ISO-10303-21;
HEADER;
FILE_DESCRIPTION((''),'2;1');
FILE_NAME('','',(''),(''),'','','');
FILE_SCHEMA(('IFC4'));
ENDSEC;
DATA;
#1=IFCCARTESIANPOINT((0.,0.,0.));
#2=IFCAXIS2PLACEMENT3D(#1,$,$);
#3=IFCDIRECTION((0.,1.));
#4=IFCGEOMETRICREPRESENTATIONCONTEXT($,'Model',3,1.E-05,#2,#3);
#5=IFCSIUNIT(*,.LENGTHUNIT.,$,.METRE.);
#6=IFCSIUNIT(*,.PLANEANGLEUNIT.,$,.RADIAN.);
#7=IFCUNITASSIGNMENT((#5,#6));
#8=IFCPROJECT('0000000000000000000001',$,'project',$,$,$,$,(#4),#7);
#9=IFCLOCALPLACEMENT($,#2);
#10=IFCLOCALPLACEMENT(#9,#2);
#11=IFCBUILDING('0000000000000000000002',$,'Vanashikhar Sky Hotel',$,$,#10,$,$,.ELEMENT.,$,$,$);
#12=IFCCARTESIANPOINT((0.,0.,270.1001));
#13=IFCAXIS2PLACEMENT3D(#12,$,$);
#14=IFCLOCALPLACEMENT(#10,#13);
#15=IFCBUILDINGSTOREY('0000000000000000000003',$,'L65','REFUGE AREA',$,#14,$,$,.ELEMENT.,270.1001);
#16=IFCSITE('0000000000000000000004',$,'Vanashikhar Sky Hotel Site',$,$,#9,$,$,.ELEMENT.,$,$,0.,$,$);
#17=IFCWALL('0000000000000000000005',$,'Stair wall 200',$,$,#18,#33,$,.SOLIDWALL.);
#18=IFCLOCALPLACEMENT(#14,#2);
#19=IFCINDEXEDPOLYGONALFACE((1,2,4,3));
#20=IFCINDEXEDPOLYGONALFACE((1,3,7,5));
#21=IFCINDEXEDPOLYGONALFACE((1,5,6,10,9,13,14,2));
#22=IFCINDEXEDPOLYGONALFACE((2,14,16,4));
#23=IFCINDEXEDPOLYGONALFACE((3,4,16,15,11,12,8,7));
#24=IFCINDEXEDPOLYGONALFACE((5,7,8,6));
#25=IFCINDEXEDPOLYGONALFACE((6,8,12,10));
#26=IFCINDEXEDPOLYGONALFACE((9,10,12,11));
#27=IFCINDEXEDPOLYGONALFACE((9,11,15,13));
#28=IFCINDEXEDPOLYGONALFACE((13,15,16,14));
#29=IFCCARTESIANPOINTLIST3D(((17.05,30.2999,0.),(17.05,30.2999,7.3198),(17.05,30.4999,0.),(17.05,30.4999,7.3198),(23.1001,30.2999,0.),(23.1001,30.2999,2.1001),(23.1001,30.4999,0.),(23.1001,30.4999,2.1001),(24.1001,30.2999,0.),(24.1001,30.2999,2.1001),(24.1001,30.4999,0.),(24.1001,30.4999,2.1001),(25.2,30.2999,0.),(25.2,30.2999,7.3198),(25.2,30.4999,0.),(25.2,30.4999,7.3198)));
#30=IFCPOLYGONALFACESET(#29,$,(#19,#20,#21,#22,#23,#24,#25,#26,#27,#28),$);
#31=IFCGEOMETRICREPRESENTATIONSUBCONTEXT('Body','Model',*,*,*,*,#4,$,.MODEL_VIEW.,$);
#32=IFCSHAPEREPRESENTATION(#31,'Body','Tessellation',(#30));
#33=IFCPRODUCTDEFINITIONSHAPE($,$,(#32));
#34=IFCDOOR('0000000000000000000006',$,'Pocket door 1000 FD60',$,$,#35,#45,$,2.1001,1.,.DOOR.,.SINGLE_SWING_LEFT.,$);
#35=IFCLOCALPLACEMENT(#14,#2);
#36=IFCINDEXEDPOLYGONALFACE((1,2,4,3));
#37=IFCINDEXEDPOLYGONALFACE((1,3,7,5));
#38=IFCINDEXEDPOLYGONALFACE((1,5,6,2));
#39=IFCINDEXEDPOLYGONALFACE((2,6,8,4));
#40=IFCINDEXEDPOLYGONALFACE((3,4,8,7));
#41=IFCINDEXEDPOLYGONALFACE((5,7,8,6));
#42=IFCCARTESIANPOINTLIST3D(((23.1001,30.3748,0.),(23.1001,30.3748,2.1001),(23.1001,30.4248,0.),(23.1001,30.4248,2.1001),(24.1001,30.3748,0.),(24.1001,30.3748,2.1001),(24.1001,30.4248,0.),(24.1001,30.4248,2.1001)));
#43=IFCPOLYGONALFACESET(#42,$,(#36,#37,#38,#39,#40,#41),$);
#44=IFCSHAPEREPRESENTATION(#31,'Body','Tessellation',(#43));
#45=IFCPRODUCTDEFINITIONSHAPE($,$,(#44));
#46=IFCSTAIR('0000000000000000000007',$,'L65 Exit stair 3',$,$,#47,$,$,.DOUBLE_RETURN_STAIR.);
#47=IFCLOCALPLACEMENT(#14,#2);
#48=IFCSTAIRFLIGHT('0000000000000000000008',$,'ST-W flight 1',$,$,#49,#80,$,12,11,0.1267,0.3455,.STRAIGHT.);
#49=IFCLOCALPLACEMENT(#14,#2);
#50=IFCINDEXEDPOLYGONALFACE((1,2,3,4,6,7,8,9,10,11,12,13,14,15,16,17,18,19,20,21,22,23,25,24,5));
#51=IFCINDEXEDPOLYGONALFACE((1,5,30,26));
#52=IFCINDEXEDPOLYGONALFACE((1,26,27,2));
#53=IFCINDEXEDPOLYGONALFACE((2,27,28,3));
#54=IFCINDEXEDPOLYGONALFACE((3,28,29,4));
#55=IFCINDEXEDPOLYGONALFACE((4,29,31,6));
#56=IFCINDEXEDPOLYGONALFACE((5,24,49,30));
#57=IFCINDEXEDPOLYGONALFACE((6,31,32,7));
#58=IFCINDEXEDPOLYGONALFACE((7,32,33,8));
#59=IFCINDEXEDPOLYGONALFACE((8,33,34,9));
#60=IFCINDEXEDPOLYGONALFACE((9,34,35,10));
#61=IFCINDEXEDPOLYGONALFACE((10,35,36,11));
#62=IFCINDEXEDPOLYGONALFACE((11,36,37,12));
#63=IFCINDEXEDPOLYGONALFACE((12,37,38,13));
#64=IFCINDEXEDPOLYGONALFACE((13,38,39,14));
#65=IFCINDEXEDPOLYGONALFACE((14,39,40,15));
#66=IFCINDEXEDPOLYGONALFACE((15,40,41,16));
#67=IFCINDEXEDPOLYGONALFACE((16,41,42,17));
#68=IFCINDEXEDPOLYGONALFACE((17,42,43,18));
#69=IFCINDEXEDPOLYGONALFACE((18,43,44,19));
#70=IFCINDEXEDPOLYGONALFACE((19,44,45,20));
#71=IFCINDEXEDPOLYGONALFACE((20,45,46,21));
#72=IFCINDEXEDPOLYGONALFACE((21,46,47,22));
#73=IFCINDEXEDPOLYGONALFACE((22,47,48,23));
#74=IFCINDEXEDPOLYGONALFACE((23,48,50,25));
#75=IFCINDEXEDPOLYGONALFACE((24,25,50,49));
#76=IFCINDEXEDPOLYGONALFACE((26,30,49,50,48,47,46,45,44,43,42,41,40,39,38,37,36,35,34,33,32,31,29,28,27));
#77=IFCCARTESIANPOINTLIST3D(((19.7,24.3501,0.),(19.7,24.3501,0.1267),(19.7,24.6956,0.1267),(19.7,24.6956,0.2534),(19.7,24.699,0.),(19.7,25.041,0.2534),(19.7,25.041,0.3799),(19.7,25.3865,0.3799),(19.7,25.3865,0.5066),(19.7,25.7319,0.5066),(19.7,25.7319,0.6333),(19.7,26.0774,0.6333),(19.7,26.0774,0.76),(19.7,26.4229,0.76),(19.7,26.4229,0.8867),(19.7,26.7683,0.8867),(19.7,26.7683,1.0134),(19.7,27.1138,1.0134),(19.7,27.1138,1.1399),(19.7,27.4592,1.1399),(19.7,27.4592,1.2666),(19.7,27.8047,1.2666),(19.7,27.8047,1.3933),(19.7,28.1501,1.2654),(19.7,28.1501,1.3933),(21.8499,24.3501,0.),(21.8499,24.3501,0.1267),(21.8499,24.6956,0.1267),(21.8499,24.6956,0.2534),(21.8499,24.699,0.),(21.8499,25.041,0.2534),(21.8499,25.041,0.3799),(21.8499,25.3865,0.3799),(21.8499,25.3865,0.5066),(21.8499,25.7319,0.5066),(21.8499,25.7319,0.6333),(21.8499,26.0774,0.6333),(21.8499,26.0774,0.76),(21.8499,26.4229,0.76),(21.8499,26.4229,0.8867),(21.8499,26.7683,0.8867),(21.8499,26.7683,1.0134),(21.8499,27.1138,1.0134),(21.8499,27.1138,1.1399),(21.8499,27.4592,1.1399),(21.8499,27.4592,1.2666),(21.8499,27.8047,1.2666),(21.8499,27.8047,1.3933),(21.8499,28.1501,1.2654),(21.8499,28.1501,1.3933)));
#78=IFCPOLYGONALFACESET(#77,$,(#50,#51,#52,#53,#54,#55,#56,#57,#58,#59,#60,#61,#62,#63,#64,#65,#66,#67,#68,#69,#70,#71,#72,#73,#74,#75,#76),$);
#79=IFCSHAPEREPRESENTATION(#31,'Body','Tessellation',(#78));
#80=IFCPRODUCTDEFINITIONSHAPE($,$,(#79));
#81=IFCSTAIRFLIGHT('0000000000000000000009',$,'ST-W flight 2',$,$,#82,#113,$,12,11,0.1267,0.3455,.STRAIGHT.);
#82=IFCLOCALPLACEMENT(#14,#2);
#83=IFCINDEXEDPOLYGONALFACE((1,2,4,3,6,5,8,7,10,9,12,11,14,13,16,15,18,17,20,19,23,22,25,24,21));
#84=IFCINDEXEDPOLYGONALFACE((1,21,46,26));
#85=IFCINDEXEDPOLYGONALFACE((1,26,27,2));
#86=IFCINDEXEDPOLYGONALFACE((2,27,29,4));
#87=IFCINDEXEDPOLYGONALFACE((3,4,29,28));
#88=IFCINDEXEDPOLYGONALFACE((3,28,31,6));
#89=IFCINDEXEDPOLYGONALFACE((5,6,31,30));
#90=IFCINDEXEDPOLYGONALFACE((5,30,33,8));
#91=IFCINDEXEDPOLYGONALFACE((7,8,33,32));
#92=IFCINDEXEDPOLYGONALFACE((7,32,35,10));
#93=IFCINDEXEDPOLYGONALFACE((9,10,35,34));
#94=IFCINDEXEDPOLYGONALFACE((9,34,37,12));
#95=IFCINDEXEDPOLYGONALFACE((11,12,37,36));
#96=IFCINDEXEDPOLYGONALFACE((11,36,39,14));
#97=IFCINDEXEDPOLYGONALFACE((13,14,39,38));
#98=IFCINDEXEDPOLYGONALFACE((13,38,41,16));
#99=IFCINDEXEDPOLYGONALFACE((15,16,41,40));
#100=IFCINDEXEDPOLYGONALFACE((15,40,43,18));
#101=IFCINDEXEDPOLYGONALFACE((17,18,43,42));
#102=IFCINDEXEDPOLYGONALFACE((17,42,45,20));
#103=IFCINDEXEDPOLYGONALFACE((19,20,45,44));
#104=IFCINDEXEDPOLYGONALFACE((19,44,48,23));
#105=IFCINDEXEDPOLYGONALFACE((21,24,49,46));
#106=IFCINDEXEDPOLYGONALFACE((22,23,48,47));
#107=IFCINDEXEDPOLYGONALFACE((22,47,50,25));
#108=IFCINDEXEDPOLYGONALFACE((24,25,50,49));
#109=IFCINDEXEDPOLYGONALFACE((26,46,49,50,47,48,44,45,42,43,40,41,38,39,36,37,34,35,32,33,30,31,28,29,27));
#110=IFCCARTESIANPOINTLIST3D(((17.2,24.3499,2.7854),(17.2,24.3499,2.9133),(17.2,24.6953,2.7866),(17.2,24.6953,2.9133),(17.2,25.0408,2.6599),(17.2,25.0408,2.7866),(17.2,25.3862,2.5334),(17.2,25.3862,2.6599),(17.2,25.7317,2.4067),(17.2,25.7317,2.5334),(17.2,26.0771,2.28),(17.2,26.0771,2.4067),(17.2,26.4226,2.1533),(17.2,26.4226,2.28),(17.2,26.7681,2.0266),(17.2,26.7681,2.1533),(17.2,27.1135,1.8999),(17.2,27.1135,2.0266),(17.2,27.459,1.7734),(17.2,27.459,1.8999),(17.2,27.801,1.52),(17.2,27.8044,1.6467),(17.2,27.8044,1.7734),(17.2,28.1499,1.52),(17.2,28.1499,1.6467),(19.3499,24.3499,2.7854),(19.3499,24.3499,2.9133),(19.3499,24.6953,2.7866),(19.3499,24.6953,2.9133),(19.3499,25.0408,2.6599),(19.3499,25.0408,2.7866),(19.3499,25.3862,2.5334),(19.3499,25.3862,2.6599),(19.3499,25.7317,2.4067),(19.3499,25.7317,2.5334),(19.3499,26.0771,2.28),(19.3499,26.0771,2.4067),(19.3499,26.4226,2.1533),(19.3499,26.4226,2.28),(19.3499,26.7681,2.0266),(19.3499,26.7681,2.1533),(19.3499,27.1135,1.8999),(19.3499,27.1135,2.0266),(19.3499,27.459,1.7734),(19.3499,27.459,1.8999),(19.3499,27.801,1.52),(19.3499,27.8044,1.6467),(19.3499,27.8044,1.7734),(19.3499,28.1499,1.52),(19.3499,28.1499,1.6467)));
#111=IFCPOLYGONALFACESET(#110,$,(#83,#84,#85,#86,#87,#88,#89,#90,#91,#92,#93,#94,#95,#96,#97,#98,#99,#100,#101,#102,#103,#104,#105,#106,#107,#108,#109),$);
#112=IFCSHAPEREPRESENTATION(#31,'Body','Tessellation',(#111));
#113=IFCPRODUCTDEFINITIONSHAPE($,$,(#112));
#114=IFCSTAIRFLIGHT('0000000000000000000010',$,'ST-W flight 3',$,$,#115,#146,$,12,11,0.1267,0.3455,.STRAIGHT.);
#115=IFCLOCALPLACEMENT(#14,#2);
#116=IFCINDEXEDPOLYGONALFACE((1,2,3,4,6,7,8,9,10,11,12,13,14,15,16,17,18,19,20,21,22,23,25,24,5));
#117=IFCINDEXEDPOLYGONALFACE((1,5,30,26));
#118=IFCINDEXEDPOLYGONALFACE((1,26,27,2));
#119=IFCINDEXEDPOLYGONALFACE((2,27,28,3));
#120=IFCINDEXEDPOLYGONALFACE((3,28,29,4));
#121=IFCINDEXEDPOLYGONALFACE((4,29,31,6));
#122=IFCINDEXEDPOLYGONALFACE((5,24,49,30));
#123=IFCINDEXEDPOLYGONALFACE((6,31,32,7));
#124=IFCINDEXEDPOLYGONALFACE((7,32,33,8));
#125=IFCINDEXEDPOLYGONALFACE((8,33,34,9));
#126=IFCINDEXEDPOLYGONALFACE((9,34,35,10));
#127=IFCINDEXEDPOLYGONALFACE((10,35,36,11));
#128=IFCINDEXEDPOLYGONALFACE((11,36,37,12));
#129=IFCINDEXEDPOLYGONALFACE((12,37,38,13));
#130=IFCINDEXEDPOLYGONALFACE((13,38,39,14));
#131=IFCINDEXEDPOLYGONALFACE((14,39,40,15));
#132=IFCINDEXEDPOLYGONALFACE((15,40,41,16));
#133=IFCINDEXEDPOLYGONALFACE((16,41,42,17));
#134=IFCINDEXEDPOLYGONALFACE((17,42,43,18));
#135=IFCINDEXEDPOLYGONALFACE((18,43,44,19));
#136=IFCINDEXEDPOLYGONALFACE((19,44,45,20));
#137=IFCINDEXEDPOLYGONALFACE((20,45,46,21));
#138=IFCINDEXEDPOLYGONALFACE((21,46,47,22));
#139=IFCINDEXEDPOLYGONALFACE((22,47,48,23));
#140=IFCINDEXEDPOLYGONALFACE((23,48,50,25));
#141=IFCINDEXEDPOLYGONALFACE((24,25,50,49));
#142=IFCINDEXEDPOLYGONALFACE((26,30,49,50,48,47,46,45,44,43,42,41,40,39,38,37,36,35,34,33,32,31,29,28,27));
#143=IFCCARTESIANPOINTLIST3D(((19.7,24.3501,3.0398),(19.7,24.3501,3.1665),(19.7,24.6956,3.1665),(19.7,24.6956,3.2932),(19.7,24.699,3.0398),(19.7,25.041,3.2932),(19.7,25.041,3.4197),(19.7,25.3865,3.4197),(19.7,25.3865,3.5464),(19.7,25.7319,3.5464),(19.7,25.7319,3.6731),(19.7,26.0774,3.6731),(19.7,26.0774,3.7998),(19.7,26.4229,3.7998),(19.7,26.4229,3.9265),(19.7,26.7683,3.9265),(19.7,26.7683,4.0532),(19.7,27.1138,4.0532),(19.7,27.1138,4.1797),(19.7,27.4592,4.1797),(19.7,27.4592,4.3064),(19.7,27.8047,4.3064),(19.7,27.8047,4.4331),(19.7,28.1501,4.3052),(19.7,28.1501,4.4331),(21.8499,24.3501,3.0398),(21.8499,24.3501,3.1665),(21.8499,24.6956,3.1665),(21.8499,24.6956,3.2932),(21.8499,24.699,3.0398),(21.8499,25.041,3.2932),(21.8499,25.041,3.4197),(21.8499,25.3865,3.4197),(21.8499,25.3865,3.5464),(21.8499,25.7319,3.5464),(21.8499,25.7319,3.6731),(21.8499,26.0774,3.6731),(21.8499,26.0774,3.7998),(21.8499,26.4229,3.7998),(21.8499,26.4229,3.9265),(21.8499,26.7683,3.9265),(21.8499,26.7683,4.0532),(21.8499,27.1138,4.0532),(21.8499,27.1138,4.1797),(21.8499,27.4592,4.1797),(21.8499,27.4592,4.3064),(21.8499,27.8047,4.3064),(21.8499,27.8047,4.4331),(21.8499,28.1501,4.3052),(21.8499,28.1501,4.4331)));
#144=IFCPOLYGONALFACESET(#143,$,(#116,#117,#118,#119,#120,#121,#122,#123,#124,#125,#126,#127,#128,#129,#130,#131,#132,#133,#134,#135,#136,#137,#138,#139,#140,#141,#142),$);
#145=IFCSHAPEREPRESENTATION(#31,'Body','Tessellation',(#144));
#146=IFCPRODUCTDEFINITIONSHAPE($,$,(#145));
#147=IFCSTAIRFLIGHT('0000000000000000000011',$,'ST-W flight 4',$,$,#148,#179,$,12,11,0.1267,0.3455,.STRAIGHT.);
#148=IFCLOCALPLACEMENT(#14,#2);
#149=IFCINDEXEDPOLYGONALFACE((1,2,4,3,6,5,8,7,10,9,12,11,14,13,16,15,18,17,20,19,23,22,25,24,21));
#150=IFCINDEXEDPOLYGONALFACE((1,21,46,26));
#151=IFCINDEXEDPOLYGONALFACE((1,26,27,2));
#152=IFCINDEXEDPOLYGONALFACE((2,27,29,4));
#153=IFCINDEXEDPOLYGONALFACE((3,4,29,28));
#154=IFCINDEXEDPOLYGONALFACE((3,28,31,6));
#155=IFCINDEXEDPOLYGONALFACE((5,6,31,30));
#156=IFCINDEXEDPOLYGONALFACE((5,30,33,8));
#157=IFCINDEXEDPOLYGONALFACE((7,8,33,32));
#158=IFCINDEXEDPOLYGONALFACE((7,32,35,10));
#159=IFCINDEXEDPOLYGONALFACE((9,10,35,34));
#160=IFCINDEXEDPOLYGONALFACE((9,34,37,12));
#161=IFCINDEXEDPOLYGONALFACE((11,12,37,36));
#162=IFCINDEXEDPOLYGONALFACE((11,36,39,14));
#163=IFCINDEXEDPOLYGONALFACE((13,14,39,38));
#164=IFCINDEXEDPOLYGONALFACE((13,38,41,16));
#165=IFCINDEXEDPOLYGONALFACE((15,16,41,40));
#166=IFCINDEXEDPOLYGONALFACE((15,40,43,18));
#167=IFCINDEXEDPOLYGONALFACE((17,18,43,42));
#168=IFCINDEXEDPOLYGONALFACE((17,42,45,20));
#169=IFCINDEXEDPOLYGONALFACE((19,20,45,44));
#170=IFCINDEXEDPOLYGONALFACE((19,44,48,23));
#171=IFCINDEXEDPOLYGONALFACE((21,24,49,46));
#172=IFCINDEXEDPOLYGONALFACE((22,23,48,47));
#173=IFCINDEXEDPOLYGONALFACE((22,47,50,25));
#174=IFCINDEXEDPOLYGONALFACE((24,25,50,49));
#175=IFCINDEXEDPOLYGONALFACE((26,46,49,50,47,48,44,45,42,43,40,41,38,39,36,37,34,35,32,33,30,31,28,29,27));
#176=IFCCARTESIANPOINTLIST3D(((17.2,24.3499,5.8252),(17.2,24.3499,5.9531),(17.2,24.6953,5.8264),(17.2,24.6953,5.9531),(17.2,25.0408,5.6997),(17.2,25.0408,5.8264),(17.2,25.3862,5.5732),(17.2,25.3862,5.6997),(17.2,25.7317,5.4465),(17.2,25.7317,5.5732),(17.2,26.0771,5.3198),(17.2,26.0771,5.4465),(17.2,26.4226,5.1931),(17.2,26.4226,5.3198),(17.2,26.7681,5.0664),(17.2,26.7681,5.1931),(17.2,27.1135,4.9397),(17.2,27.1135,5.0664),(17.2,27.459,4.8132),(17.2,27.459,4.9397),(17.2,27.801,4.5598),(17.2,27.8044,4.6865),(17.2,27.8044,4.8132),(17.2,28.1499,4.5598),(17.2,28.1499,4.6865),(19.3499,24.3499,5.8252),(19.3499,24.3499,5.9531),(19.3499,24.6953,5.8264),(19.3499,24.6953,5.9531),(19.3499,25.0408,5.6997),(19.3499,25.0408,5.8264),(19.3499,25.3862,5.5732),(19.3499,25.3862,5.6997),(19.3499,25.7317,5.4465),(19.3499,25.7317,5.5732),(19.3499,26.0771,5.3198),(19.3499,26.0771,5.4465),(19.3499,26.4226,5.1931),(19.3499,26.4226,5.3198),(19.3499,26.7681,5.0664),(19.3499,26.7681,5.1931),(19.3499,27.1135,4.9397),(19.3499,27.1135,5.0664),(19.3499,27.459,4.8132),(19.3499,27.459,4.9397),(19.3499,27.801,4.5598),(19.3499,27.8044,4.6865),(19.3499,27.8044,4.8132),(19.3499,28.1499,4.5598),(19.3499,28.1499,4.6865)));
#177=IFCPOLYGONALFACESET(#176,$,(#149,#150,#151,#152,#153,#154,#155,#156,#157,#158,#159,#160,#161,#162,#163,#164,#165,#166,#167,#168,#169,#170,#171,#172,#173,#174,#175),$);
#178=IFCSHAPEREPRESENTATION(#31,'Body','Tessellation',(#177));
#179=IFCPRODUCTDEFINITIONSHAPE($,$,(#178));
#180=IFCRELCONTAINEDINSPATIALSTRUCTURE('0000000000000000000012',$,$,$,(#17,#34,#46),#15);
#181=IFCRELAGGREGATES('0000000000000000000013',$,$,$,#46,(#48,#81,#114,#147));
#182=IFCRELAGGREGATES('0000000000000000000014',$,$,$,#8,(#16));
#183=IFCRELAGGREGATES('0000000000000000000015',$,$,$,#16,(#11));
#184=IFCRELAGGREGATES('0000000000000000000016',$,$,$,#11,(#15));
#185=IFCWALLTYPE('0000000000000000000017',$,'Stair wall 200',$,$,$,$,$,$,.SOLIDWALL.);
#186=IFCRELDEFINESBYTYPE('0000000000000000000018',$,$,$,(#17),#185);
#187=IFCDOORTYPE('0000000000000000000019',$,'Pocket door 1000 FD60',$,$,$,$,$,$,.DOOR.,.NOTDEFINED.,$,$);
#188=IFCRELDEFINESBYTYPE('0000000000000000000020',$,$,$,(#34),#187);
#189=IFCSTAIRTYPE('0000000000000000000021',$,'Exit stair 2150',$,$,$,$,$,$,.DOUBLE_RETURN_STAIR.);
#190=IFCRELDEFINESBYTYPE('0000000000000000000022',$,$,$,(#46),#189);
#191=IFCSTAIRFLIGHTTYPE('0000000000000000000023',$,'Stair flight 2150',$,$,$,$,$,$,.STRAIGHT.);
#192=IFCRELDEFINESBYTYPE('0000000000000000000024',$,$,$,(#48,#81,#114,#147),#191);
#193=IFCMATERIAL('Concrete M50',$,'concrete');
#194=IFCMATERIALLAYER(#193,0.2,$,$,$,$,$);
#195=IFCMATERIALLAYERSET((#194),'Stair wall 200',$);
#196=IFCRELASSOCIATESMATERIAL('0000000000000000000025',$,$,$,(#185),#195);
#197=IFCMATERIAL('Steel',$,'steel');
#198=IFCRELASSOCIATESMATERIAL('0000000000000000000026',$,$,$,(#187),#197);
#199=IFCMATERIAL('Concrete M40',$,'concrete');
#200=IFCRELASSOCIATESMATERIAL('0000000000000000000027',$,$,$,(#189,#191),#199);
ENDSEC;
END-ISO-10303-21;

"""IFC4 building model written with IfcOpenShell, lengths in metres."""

from ifc_helpers import new_model, si_unit, direction, frame, frame_2d, origin, place, context, subcontext, project, spatial, polyline, rectangle, outline, extrude, source, transform, mapped, material, layer, layer_set, type_object, element, fill, aggregate, save


model = new_model("IFC4")

# Units and contexts
model_context = context("Model", 3, precision=1e-05, world=origin(), true_north=direction((0.0, 1.0)))
body_context = subcontext(model_context, "Body", "Model", "MODEL_VIEW")
ifc_project = project(units=[si_unit("LENGTHUNIT", "METRE"), si_unit("PLANEANGLEUNIT", "RADIAN")], contexts=[model_context])

# Site, building, storey
site_placement = place(None, origin())
site = spatial("IfcSite", under=ifc_project, at=site_placement, Name="Vanashikhar Sky Hotel Site", CompositionType="ELEMENT", RefElevation=0.0)
building_placement = place(site_placement, origin())
building = spatial("IfcBuilding", under=site, at=building_placement, Name="Vanashikhar Sky Hotel", CompositionType="ELEMENT")
storey_placement = place(building_placement, frame((0.0, 0.0, 270.1001)))
storey = spatial("IfcBuildingStorey", under=building, at=storey_placement, Name="L65", Description="REFUGE AREA", CompositionType="ELEMENT", Elevation=270.1001)

# Wall, opening, door
ifc_material_1 = material(Name="Concrete M50", Category="concrete")
ifc_layer = layer(ifc_material_1, 0.2)
ifc_layer_set = layer_set([ifc_layer], Name="Stair wall 200")
wall_type = type_object("IfcWallType", Name="Stair wall 200", PredefinedType="SOLIDWALL", material=ifc_layer_set)
shared_shape_1 = source(origin(), body_context, "Body", "SweptSolid", [
    extrude(rectangle(XDim=8.1499, YDim=0.2, at=frame_2d((4.075, 0.0))), origin(), (0.0, 0.0, 1.0), 7.3198),
])
wall_placement = place(storey_placement, frame((17.05, 30.3999, 0.0), z_axis=(0.0, 0.0, 1.0), x_axis=(1.0, 0.0, 0.0)))
wall = element("IfcWall", 1, at=wall_placement, inside=storey, type_object=wall_type, Name="Stair wall 200", PredefinedType="SOLIDWALL", context=body_context, shape_type="MappedRepresentation", body=[
    mapped(shared_shape_1, transform((0.0, 0.0, 0.0), scale=1.0)),
])
shared_shape_2 = source(origin(), body_context, "Body", "SweptSolid", [
    extrude(rectangle(XDim=1.0, YDim=2.1001, at=frame_2d((0.5, 1.05))), frame((0.0, 0.1099, 0.0), z_axis=(0.0, -1.0, 0.0), x_axis=(1.0, 0.0, 0.0)), (0.0, 0.0, 1.0), 0.22),
])
opening_placement = place(wall_placement, frame((6.05, 0.0, 0.0)))
opening = element("IfcOpeningElement", 2, at=opening_placement, cuts=wall, PredefinedType="OPENING", context=body_context, shape_type="MappedRepresentation", body=[
    mapped(shared_shape_2, transform((0.0, 0.0, 0.0), scale=1.0)),
])
ifc_material_2 = material(Name="Steel", Category="steel")
door_type = type_object("IfcDoorType", Name="Pocket door 1000 FD60", OperationType="NOTDEFINED", PredefinedType="DOOR", material=ifc_material_2)
shared_shape_3 = source(origin(), body_context, "Body", "SweptSolid", [
    extrude(rectangle(XDim=1.0, YDim=2.1001, at=frame_2d((0.5, 1.05))), frame((0.0, 0.0249, 0.0), z_axis=(0.0, -1.0, 0.0), x_axis=(1.0, 0.0, 0.0)), (0.0, 0.0, 1.0), 0.05),
])
door_placement = place(opening_placement, origin())
door = element("IfcDoor", 3, at=door_placement, inside=storey, type_object=door_type, Name="Pocket door 1000 FD60", OperationType="SINGLE_SWING_LEFT", OverallHeight=2.1001, OverallWidth=1.0, PredefinedType="DOOR", context=body_context, shape_type="MappedRepresentation", body=[
    mapped(shared_shape_3, transform((0.0, 0.0, 0.0), scale=1.0)),
])
fill(opening, door)

# Stair, stair flights
ifc_material_3 = material(Name="Concrete M40", Category="concrete")
stair_type = type_object("IfcStairType", Name="Exit stair 2150", PredefinedType="DOUBLE_RETURN_STAIR", material=ifc_material_3)
stair_placement = place(storey_placement, origin())
stair = element("IfcStair", 4, at=stair_placement, inside=storey, type_object=stair_type, Name="L65 Exit stair 3", PredefinedType="DOUBLE_RETURN_STAIR")
stair_flight_type = type_object("IfcStairFlightType", Name="Stair flight 2150", PredefinedType="STRAIGHT", material=ifc_material_3)
shared_shape_4 = source(origin(), body_context, "Body", "SweptSolid", [
    extrude(outline(polyline([(0.0, 0.0), (0.0, 0.1267), (0.3455, 0.1267), (0.3455, 0.2534), (0.6909, 0.2534), (0.6909, 0.3799), (1.0364, 0.3799), (1.0364, 0.5066), (1.3818, 0.5066), (1.3818, 0.6333), (1.7273, 0.6333), (1.7273, 0.76), (2.0728, 0.76), (2.0728, 0.8867), (2.4182, 0.8867), (2.4182, 1.0134), (2.7637, 1.0134), (2.7637, 1.1399), (3.1091, 1.1399), (3.1091, 1.2666), (3.4546, 1.2666), (3.4546, 1.3933), (3.8, 1.3933), (3.8, 1.52), (3.8, 1.2654), (0.3489, 0.0), (0.0, 0.0)])), frame((0.0, 1.075, 0.0), z_axis=(0.0, -1.0, 0.0), x_axis=(1.0, 0.0, 0.0)), (0.0, 0.0, 1.0), 2.1499),
])
stair_flight_1_placement = place(storey_placement, frame((20.7749, 24.3501, 0.0), z_axis=(0.0, 0.0, 1.0), x_axis=(0.0, 1.0, 0.0)))
stair_flight_1 = element("IfcStairFlight", 5, at=stair_flight_1_placement, type_object=stair_flight_type, Name="ST-W flight 1", NumberOfRisers=12, NumberOfTreads=11, PredefinedType="STRAIGHT", RiserHeight=0.1267, TreadLength=0.3455, context=body_context, shape_type="MappedRepresentation", body=[
    mapped(shared_shape_4, transform((0.0, 0.0, 0.0), scale=1.0)),
])
stair_flight_2_placement = place(storey_placement, frame((18.2749, 28.1499, 1.52), z_axis=(0.0, 0.0, 1.0), x_axis=(0.0, -1.0, 0.0)))
stair_flight_2 = element("IfcStairFlight", 6, at=stair_flight_2_placement, type_object=stair_flight_type, Name="ST-W flight 2", NumberOfRisers=12, NumberOfTreads=11, PredefinedType="STRAIGHT", RiserHeight=0.1267, TreadLength=0.3455, context=body_context, shape_type="MappedRepresentation", body=[
    mapped(shared_shape_4, transform((0.0, 0.0, 0.0), scale=1.0)),
])
stair_flight_3_placement = place(storey_placement, frame((20.7749, 24.3501, 3.0398), z_axis=(0.0, 0.0, 1.0), x_axis=(0.0, 1.0, 0.0)))
stair_flight_3 = element("IfcStairFlight", 7, at=stair_flight_3_placement, type_object=stair_flight_type, Name="ST-W flight 3", NumberOfRisers=12, NumberOfTreads=11, PredefinedType="STRAIGHT", RiserHeight=0.1267, TreadLength=0.3455, context=body_context, shape_type="MappedRepresentation", body=[
    mapped(shared_shape_4, transform((0.0, 0.0, 0.0), scale=1.0)),
])
stair_flight_4_placement = place(storey_placement, frame((18.2749, 28.1499, 4.5598), z_axis=(0.0, 0.0, 1.0), x_axis=(0.0, -1.0, 0.0)))
stair_flight_4 = element("IfcStairFlight", 8, at=stair_flight_4_placement, type_object=stair_flight_type, Name="ST-W flight 4", NumberOfRisers=12, NumberOfTreads=11, PredefinedType="STRAIGHT", RiserHeight=0.1267, TreadLength=0.3455, context=body_context, shape_type="MappedRepresentation", body=[
    mapped(shared_shape_4, transform((0.0, 0.0, 0.0), scale=1.0)),
])
aggregate(stair, [stair_flight_1, stair_flight_2, stair_flight_3, stair_flight_4])

save(model, "model.ifc")
